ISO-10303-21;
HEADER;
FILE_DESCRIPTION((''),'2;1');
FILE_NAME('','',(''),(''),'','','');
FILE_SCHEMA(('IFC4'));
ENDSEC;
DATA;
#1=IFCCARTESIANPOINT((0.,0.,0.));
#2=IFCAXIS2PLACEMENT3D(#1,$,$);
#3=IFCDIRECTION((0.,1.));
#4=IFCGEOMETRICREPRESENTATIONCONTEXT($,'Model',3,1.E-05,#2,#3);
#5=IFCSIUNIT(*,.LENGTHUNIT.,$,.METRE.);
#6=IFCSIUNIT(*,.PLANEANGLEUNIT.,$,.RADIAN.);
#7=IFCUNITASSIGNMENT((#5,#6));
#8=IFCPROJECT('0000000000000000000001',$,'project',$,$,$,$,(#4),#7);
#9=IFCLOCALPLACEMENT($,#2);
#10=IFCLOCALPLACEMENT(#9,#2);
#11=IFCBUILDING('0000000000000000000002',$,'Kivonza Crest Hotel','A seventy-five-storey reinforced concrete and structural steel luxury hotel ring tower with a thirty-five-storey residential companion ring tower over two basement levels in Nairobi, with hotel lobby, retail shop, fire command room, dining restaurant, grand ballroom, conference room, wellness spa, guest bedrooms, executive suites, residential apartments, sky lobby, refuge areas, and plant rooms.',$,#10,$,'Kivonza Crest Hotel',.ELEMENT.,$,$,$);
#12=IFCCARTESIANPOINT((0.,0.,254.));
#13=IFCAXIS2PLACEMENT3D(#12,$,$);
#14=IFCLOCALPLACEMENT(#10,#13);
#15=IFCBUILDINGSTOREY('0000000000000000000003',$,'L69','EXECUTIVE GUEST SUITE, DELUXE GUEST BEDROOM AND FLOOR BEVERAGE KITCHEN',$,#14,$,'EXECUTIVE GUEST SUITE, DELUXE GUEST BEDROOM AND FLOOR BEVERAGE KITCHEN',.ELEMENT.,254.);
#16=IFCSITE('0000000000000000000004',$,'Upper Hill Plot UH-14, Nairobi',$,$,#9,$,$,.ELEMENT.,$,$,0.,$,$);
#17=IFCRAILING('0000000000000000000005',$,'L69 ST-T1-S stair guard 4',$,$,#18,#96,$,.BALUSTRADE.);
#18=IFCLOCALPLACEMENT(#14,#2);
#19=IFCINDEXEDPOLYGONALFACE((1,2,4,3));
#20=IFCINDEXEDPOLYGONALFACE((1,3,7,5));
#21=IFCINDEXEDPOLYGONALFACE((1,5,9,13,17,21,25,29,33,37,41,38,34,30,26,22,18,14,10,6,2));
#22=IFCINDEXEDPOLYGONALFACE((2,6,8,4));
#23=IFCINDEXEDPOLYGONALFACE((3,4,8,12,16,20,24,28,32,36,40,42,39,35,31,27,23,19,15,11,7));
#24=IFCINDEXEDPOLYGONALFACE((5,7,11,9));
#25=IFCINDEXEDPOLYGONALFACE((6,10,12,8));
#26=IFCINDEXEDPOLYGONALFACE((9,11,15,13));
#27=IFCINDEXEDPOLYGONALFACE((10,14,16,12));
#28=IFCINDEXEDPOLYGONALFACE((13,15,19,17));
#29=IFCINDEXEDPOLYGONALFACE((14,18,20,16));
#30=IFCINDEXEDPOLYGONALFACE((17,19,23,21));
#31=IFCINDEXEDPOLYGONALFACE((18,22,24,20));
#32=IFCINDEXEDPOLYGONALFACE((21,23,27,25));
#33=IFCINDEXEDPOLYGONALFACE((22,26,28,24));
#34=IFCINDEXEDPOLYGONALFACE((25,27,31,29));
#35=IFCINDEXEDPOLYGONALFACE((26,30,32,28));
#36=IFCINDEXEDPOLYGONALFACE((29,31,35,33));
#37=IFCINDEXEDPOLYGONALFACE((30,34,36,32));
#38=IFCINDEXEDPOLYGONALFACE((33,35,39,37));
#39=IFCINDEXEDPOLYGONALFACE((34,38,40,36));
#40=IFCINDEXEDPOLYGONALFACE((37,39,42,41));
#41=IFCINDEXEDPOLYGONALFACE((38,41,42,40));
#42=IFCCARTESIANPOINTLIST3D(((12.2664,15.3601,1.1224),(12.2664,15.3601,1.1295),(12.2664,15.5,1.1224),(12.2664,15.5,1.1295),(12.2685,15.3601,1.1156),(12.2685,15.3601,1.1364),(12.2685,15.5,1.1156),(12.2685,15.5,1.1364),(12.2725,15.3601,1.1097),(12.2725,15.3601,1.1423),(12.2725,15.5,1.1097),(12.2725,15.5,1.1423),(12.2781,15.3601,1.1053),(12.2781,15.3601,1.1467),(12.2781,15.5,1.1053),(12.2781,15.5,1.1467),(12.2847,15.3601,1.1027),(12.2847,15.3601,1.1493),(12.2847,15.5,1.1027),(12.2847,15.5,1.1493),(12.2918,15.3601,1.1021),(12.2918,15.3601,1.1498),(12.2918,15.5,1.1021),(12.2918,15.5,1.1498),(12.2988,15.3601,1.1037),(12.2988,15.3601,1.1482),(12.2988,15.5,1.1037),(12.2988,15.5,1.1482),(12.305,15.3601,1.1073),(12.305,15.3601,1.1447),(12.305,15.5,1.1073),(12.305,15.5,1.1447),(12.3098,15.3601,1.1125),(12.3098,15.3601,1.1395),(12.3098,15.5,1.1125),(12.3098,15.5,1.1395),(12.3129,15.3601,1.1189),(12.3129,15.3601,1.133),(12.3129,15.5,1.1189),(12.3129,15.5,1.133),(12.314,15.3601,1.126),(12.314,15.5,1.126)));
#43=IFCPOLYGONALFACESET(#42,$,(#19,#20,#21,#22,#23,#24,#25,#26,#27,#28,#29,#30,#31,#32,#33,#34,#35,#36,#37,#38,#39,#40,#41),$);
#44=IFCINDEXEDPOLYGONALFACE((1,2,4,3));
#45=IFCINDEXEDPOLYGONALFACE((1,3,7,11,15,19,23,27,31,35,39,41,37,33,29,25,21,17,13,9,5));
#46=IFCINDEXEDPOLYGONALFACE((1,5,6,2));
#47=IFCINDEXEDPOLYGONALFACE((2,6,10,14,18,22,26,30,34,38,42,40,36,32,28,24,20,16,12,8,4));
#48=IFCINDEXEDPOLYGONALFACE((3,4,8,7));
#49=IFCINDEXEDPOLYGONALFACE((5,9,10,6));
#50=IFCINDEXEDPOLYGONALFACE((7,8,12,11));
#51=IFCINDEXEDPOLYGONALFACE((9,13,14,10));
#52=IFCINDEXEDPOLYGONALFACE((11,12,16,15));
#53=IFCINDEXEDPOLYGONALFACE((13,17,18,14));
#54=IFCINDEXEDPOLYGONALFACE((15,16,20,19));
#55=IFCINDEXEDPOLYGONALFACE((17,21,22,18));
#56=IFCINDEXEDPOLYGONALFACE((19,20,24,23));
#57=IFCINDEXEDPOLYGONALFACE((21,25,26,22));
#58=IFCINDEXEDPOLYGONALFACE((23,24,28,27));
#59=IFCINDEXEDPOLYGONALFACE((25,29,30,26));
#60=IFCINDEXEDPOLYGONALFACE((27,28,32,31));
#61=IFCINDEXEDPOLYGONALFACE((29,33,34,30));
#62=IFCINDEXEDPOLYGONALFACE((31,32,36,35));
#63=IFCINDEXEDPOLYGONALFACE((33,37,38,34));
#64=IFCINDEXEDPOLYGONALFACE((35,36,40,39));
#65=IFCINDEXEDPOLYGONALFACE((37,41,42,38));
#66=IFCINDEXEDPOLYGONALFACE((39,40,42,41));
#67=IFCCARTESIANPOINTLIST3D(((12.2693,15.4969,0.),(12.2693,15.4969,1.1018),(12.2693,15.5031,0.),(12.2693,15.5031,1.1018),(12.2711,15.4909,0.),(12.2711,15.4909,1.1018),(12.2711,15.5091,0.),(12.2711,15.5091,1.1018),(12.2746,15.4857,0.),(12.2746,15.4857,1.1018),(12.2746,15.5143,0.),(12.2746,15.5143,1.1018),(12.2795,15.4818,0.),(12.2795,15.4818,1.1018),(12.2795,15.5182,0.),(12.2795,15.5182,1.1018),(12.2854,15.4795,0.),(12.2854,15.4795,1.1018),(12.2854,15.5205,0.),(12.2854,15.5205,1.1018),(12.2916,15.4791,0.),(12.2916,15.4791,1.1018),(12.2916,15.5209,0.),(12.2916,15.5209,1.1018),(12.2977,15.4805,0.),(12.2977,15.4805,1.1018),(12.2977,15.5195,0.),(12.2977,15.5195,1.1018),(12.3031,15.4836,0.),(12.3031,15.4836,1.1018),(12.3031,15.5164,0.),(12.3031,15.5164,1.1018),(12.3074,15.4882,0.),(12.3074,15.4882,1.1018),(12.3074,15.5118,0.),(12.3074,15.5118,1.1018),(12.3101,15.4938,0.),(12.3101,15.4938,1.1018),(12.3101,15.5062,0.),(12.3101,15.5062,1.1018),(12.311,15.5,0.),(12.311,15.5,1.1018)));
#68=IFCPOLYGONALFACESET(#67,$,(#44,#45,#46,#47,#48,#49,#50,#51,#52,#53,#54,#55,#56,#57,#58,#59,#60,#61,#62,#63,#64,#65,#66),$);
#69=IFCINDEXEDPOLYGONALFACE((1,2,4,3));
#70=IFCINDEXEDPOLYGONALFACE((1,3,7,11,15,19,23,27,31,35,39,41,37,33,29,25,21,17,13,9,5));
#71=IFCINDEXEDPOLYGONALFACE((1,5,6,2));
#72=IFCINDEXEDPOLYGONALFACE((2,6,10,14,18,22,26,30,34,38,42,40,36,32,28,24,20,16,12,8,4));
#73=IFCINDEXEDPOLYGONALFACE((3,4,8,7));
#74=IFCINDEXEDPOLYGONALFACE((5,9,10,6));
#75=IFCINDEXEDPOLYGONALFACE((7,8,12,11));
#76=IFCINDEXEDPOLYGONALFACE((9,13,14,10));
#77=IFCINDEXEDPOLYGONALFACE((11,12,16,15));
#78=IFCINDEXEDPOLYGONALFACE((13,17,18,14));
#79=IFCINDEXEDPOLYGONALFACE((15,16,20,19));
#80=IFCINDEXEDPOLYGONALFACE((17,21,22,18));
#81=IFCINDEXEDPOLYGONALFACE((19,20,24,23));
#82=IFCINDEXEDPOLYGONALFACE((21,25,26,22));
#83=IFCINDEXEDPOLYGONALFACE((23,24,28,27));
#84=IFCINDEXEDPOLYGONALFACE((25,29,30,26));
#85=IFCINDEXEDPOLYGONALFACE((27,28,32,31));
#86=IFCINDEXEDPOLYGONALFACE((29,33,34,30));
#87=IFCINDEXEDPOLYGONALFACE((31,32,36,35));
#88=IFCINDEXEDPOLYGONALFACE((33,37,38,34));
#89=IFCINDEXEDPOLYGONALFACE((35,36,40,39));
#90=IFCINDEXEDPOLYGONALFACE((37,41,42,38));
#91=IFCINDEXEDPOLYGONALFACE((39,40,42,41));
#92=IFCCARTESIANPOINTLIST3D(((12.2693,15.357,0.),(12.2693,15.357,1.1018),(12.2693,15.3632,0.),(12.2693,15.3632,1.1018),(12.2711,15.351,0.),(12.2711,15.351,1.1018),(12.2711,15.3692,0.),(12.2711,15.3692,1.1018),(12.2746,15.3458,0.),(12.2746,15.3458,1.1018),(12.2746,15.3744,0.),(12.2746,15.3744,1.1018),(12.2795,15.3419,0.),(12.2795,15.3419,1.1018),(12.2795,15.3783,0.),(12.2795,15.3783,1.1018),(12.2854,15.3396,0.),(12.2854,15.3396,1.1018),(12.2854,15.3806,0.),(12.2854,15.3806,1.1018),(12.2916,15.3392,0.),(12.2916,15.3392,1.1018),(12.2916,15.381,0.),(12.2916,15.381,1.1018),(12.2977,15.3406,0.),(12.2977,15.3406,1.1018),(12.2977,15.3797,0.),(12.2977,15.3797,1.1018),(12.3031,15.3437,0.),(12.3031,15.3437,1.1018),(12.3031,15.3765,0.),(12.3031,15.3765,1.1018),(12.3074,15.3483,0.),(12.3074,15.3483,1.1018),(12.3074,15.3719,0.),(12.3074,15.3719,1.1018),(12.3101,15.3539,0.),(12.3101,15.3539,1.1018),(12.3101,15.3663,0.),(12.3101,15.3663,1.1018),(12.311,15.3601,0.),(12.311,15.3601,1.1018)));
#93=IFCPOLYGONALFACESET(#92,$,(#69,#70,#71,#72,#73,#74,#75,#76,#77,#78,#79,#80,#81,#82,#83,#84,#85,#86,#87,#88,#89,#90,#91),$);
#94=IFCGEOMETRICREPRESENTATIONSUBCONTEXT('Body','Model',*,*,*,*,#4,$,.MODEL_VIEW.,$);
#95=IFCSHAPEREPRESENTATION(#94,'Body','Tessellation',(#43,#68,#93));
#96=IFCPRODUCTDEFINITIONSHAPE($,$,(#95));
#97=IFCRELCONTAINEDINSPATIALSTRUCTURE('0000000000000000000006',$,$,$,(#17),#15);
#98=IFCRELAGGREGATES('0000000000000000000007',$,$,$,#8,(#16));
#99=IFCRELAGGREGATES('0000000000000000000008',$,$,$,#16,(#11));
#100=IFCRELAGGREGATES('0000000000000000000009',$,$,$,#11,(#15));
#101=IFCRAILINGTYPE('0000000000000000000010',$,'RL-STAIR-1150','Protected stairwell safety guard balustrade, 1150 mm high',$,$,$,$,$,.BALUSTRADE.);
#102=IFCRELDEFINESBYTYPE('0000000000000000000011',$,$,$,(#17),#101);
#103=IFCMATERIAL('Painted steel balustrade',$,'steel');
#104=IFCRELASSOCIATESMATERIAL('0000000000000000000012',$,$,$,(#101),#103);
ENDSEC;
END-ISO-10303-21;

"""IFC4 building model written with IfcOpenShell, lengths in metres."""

from ifc_helpers import new_model, si_unit, direction, frame, origin, origin_2d, place, context, subcontext, project, spatial, circle, extrude, material, type_object, element, save


model = new_model("IFC4")

# Units and contexts
model_context = context("Model", 3, precision=1e-05, world=origin(), true_north=direction((0.0, 1.0)))
body_context = subcontext(model_context, "Body", "Model", "MODEL_VIEW")
ifc_project = project(units=[si_unit("LENGTHUNIT", "METRE"), si_unit("PLANEANGLEUNIT", "RADIAN")], contexts=[model_context])

# Site, building, storey
site_placement = place(None, origin())
site = spatial("IfcSite", under=ifc_project, at=site_placement, Name="Upper Hill Plot UH-14, Nairobi", CompositionType="ELEMENT", RefElevation=0.0)
building_placement = place(site_placement, origin())
building = spatial("IfcBuilding", under=site, at=building_placement, Name="Kivonza Crest Hotel", Description="A seventy-five-storey reinforced concrete and structural steel luxury hotel ring tower with a thirty-five-storey residential companion ring tower over two basement levels in Nairobi, with hotel lobby, retail shop, fire command room, dining restaurant, grand ballroom, conference room, wellness spa, guest bedrooms, executive suites, residential apartments, sky lobby, refuge areas, and plant rooms.", LongName="Kivonza Crest Hotel", CompositionType="ELEMENT")
storey_placement = place(building_placement, frame((0.0, 0.0, 254.0)))
storey = spatial("IfcBuildingStorey", under=building, at=storey_placement, Name="L69", Description="EXECUTIVE GUEST SUITE, DELUXE GUEST BEDROOM AND FLOOR BEVERAGE KITCHEN", LongName="EXECUTIVE GUEST SUITE, DELUXE GUEST BEDROOM AND FLOOR BEVERAGE KITCHEN", CompositionType="ELEMENT", Elevation=254.0)

# Railing
ifc_material_1 = material(Name="Painted steel balustrade", Category="steel")
railing_type_1 = type_object("IfcRailingType", Name="RL-STAIR-1150", Description="Protected stairwell safety guard balustrade, 1150 mm high", PredefinedType="BALUSTRADE", material=ifc_material_1)
railing_1_placement = place(storey_placement, frame((12.29, 15.5, 0.0)))
element("IfcRailing", 1, at=railing_1_placement, inside=storey, type_object=railing_type_1, Name="L69 ST-T1-S stair guard 4", PredefinedType="BALUSTRADE", context=body_context, shape_type="SweptSolid", body=[
    extrude(circle(Radius=0.0239, at=origin_2d()), frame((0.0, 0.0, 1.126), z_axis=(0.0, -1.0, 0.0), x_axis=(1.0, 0.0, 0.0)), (0.0, 0.0, 1.0), 0.1399),
    extrude(circle(Radius=0.021, at=origin_2d()), origin(), (0.0, 0.0, 1.0), 1.1018),
    extrude(circle(Radius=0.021, at=origin_2d()), frame((0.0, -0.1399, 0.0)), (0.0, 0.0, 1.0), 1.1018),
])

save(model, "model.ifc")
